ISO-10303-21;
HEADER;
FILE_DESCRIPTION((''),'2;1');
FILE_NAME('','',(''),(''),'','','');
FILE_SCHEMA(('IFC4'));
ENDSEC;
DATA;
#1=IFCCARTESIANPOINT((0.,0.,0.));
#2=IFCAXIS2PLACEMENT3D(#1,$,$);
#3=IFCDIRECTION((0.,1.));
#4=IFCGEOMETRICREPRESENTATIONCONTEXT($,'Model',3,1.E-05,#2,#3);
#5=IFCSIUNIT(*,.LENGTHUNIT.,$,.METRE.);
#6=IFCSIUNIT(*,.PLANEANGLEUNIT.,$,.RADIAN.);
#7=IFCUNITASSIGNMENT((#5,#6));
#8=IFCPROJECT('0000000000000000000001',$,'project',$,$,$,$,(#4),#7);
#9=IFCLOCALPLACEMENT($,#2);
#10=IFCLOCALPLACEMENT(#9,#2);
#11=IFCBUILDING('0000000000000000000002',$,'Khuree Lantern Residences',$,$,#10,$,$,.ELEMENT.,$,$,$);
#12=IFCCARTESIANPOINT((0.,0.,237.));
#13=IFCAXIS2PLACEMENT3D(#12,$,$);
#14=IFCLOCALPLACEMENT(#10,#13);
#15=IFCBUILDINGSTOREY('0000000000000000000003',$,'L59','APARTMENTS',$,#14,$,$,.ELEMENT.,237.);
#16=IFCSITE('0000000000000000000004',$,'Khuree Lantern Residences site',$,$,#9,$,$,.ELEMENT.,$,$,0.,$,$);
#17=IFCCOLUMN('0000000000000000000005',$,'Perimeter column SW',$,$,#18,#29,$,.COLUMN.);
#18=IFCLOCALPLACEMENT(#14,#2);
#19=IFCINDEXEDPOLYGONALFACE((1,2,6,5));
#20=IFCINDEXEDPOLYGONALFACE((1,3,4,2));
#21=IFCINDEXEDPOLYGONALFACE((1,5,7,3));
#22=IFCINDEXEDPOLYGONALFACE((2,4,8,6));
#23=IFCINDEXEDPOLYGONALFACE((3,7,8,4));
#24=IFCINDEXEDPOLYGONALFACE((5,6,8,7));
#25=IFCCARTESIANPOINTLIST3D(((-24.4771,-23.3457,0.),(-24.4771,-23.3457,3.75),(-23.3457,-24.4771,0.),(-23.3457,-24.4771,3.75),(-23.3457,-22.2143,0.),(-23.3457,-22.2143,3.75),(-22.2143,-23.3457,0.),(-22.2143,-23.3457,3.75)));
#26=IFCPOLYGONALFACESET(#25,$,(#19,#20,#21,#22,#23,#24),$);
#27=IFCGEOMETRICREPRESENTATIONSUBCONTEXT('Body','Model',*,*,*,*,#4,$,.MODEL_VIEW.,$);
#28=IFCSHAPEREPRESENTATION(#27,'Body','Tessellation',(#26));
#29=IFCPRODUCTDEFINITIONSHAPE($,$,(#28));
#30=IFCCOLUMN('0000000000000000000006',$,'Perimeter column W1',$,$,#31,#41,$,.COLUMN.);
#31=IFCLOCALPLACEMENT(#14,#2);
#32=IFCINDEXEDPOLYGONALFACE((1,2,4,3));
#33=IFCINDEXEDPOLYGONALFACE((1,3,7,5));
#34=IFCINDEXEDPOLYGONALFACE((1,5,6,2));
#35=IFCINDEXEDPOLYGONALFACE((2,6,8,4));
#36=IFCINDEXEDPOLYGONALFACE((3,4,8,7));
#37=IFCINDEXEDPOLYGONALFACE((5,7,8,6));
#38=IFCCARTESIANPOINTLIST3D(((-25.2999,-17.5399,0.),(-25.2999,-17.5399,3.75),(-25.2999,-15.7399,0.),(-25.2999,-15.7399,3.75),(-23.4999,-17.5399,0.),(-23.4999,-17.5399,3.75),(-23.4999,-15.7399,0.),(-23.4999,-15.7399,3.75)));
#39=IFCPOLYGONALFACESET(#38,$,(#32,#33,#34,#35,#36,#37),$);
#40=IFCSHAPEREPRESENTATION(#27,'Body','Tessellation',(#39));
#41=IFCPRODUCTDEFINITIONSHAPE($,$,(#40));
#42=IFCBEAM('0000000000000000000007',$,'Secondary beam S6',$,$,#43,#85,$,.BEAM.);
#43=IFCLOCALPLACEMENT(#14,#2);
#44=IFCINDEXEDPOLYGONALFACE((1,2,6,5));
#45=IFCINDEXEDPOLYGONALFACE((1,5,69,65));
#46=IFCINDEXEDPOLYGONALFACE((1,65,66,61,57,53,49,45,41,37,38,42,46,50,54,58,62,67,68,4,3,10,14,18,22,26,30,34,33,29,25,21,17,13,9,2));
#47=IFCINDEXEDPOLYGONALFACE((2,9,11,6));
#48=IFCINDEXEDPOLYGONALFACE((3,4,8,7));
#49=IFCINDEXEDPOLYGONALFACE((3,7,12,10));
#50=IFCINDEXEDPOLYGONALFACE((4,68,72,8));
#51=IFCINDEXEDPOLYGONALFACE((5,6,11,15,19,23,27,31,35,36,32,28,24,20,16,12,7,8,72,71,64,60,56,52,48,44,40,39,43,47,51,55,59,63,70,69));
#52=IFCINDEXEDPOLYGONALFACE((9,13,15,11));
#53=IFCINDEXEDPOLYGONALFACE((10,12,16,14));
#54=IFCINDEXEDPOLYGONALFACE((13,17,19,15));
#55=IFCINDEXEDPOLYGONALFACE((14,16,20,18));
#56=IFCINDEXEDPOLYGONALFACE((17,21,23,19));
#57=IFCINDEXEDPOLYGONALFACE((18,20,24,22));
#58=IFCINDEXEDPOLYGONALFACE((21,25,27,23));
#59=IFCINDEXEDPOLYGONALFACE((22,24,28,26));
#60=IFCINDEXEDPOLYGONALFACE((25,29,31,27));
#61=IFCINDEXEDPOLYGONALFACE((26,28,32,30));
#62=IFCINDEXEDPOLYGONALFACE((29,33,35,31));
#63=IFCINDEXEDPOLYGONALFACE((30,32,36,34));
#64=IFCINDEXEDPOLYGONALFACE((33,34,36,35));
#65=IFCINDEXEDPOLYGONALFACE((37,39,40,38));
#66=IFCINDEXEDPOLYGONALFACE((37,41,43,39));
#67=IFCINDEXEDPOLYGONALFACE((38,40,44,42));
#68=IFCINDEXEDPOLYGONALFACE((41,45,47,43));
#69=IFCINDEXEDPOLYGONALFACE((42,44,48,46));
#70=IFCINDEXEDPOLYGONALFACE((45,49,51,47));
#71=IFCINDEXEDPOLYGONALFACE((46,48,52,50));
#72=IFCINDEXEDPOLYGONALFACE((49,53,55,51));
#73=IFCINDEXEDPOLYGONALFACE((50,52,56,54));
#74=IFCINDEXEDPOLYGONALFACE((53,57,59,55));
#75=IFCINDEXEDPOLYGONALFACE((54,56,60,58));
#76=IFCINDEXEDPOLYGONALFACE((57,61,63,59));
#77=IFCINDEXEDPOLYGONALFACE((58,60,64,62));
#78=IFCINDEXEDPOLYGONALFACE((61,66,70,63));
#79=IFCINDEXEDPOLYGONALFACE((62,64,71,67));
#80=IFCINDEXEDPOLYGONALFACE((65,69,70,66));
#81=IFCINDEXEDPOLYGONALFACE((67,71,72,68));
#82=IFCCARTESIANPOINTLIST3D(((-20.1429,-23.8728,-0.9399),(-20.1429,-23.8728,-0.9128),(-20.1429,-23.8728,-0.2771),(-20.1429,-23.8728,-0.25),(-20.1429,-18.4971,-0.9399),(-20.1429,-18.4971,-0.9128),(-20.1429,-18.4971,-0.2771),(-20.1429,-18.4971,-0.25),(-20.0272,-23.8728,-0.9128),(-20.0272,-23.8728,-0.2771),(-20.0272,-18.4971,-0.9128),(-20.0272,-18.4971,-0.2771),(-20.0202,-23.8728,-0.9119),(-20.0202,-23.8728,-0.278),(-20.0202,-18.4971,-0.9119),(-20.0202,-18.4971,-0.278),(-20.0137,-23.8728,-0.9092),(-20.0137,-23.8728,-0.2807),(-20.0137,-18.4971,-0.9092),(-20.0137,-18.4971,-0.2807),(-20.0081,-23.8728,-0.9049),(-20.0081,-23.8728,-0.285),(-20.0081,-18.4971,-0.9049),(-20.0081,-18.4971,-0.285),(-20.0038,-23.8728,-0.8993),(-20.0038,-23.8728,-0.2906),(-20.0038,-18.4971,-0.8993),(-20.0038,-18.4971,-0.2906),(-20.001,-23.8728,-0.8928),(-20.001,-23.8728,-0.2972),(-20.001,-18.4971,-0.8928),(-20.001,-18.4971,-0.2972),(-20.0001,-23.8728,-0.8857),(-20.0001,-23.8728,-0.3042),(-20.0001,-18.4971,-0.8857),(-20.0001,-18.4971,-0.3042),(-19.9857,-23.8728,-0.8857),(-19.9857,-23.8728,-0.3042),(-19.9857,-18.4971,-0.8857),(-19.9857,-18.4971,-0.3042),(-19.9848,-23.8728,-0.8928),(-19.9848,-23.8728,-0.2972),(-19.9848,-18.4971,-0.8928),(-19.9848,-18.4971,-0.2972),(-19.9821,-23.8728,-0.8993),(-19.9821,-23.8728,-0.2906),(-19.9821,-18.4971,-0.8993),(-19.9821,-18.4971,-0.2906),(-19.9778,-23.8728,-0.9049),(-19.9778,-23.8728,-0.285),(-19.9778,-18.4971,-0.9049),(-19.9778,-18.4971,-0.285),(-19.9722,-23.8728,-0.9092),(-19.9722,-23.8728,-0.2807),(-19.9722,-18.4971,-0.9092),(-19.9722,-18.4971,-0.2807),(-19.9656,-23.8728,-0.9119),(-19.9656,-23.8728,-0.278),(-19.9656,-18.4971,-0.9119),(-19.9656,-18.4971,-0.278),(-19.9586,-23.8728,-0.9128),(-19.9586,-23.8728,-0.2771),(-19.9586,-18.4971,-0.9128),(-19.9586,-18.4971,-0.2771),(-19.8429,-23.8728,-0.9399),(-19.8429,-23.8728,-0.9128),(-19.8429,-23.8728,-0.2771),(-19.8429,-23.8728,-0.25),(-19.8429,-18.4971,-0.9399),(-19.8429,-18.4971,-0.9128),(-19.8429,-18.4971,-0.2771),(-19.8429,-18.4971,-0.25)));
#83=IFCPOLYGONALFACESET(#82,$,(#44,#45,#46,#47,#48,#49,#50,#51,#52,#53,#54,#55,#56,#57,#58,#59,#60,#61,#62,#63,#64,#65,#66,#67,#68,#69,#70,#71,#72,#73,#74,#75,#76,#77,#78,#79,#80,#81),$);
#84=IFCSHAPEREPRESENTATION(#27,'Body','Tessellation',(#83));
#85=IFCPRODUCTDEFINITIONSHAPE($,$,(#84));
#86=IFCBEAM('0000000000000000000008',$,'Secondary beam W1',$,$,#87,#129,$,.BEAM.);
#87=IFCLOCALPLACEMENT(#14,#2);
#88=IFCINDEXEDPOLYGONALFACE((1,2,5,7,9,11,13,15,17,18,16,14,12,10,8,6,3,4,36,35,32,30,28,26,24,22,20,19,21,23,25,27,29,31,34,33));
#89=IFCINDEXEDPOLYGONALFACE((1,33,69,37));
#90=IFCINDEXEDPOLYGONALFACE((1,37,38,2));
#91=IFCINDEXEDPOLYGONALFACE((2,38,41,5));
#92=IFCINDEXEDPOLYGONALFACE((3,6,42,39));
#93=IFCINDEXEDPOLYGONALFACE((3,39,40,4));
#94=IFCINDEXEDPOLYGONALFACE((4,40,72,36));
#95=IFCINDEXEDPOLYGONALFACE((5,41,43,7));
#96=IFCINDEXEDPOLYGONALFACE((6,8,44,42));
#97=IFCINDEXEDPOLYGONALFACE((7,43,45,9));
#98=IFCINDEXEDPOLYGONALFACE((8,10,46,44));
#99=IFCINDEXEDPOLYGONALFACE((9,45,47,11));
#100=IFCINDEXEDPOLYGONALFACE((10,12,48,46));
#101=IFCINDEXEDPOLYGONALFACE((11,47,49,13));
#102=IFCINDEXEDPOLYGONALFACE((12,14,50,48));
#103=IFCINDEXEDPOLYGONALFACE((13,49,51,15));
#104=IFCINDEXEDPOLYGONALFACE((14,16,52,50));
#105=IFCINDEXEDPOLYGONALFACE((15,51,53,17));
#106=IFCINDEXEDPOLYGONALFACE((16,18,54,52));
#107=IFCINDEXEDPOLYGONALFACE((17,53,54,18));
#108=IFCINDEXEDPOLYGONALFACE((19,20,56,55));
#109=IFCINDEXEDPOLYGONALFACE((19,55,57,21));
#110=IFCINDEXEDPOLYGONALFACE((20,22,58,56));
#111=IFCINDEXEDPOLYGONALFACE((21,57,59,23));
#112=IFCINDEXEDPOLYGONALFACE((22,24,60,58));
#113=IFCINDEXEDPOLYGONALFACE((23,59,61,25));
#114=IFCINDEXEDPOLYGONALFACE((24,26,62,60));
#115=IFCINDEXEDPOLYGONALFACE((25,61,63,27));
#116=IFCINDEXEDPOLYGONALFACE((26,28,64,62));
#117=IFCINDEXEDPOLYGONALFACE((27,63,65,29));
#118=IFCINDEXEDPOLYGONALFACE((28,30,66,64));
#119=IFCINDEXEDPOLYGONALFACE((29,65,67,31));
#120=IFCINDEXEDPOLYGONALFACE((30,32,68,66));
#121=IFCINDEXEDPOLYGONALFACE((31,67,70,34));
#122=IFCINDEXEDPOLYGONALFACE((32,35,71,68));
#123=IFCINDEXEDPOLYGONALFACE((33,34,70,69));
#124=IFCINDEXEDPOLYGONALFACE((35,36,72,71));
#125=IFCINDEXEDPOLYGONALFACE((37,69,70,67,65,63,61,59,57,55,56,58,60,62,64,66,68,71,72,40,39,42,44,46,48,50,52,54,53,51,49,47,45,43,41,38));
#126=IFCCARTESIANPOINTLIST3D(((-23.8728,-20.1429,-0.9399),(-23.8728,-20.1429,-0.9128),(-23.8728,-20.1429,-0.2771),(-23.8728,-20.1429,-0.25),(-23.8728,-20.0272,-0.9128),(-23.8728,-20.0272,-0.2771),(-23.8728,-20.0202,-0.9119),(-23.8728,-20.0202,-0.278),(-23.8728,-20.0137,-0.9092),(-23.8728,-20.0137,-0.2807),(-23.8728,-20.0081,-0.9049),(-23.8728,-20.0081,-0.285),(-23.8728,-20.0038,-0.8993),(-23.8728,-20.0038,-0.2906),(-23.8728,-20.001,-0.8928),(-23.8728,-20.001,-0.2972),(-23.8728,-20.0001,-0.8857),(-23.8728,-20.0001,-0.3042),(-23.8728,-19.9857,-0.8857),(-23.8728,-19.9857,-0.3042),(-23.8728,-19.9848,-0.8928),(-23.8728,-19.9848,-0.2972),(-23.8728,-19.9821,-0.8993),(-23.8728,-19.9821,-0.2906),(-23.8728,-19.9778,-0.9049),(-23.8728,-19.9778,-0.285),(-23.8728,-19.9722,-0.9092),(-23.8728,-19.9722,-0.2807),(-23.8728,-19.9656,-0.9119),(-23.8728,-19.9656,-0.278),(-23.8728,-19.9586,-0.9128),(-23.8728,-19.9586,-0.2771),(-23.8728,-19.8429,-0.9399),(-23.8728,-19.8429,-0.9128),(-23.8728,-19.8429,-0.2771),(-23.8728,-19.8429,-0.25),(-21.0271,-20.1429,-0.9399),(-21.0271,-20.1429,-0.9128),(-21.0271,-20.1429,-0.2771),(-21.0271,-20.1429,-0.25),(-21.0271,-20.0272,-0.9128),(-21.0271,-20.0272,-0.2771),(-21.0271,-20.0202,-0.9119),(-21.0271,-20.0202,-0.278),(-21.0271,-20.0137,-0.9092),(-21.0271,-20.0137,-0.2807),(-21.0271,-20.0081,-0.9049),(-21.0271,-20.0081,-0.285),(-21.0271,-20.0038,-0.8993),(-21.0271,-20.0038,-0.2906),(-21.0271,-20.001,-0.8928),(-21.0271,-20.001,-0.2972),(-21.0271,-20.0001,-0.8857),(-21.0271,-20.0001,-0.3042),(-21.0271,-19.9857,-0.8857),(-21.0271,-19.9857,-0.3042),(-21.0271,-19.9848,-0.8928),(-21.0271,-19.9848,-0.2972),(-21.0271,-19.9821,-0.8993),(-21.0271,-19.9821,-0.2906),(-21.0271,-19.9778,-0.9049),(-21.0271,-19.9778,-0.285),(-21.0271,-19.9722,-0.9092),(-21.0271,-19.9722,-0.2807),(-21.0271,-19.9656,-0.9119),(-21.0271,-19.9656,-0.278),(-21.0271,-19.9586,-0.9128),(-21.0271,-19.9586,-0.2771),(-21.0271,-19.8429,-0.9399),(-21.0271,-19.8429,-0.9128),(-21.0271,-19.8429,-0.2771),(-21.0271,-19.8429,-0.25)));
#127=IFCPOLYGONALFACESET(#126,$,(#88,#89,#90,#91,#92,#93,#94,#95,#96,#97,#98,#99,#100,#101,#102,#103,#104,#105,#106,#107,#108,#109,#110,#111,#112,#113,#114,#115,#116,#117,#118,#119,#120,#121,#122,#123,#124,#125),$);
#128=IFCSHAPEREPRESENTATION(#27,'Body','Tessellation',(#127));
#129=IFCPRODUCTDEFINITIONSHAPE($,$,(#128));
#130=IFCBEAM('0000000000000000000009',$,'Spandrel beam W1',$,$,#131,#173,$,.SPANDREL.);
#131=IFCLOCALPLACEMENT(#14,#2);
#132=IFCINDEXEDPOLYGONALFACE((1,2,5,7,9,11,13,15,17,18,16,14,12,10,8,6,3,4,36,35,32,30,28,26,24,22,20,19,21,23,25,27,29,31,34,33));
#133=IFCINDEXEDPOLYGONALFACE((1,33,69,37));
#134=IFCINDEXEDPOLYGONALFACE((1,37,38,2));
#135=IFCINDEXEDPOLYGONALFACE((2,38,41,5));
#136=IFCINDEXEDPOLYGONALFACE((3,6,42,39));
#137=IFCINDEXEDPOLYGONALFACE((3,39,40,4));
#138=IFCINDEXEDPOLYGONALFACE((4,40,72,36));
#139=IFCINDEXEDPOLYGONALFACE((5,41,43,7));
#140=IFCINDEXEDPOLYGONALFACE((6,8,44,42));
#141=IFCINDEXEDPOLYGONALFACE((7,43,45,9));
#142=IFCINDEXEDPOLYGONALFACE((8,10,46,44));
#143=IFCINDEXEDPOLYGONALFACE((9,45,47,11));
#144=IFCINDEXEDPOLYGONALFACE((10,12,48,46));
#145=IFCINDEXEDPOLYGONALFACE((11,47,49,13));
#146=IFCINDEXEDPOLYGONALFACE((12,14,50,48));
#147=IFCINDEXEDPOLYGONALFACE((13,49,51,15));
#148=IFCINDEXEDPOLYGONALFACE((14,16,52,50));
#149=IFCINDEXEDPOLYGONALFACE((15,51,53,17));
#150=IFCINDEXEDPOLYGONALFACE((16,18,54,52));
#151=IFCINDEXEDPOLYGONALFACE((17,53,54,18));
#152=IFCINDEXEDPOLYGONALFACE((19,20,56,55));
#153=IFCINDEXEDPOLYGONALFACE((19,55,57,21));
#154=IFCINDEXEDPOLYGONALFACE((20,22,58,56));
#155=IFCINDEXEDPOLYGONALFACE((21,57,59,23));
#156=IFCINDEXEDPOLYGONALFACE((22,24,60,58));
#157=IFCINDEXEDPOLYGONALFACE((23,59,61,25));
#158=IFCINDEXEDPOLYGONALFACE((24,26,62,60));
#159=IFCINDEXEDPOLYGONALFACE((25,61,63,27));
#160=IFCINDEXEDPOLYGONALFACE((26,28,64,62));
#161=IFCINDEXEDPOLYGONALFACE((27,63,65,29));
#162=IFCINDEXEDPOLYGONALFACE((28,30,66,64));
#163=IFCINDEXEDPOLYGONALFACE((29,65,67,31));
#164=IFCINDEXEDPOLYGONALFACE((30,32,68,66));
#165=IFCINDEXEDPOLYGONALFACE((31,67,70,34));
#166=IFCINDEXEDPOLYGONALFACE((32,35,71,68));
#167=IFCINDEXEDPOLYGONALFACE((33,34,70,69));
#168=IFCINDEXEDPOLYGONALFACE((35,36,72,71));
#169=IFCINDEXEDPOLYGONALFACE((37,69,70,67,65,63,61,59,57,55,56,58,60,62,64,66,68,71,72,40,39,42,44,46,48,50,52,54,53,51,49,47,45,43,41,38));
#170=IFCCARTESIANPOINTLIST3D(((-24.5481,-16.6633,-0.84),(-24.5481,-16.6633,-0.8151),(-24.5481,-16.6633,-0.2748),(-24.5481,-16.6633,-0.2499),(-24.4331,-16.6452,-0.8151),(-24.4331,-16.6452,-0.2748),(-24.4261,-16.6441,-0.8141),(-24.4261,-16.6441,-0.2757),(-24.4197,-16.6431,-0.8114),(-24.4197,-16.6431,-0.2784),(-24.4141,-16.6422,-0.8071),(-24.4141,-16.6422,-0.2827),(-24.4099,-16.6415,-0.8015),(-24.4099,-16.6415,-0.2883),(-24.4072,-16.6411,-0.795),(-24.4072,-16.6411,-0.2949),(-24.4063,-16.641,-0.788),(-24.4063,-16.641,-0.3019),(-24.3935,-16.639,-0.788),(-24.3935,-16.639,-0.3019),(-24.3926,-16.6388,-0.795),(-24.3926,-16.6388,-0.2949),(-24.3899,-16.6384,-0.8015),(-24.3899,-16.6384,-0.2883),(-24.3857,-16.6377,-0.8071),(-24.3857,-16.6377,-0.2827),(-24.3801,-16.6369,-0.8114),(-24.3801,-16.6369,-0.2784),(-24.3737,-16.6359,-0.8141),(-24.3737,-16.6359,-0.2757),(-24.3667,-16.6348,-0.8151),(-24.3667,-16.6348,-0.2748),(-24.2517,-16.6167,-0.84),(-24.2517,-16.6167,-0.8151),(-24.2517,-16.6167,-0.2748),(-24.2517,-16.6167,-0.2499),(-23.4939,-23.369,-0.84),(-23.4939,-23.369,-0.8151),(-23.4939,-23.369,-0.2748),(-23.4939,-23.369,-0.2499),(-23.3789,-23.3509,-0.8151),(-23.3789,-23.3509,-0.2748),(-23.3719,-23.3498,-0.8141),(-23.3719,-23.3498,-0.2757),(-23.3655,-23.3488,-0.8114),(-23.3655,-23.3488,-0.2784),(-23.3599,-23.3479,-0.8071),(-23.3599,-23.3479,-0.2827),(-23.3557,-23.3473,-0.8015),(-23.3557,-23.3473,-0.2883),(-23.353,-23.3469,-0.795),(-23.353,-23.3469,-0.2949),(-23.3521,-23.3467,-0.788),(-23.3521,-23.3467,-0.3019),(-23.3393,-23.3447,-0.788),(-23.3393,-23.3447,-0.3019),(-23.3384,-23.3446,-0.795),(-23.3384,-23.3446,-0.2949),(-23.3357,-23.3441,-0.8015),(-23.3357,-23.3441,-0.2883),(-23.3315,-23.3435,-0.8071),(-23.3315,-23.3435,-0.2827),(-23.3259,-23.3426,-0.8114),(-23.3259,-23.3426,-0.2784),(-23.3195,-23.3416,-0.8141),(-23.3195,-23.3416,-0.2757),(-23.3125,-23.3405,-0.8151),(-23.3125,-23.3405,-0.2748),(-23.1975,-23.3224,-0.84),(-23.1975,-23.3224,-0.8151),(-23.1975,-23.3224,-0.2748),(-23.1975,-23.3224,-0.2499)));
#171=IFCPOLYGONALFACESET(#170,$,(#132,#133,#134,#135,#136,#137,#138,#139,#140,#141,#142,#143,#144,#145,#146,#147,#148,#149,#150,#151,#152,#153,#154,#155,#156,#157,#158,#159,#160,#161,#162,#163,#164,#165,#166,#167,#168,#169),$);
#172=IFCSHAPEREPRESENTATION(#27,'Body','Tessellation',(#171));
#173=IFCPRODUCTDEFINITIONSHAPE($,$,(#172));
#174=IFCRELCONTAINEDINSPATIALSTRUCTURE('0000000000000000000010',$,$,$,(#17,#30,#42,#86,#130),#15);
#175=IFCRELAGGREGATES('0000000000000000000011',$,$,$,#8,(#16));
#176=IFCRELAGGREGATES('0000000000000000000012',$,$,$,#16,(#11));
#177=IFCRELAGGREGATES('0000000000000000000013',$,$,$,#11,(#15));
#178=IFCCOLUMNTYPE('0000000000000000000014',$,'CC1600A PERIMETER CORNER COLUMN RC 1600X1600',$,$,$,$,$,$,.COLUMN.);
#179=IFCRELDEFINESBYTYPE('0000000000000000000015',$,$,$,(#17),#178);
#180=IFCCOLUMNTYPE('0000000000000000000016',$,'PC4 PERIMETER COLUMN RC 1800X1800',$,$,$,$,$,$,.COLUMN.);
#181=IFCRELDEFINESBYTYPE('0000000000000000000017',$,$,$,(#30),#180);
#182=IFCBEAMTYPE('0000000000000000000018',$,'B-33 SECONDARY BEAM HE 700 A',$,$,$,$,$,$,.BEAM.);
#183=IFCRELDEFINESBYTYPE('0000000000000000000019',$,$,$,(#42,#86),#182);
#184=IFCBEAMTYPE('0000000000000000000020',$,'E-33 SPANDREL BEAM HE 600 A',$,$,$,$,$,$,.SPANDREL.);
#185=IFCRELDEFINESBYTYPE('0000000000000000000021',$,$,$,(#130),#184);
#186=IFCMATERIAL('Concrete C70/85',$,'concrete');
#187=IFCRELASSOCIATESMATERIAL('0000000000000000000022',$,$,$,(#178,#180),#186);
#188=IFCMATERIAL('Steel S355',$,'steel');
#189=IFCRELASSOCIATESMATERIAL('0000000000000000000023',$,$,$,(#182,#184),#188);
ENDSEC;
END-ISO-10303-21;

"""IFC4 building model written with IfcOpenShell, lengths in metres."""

from ifc_helpers import new_model, si_unit, direction, frame, origin, origin_2d, place, context, subcontext, project, spatial, rectangle, i_section, extrude, material, material_profile, profile_set, type_object, element, save


model = new_model("IFC4")

# Units and contexts
model_context = context("Model", 3, precision=1e-05, world=origin(), true_north=direction((0.0, 1.0)))
body_context = subcontext(model_context, "Body", "Model", "MODEL_VIEW")
ifc_project = project(units=[si_unit("LENGTHUNIT", "METRE"), si_unit("PLANEANGLEUNIT", "RADIAN")], contexts=[model_context])

# Site, building, storey
site_placement = place(None, origin())
site = spatial("IfcSite", under=ifc_project, at=site_placement, Name="Khuree Lantern Residences site", CompositionType="ELEMENT", RefElevation=0.0)
building_placement = place(site_placement, origin())
building = spatial("IfcBuilding", under=site, at=building_placement, Name="Khuree Lantern Residences", CompositionType="ELEMENT")
storey_placement = place(building_placement, frame((0.0, 0.0, 237.0)))
storey = spatial("IfcBuildingStorey", under=building, at=storey_placement, Name="L59", Description="APARTMENTS", CompositionType="ELEMENT", Elevation=237.0)

# Columns
ifc_material_1 = material(Name="Concrete C70/85", Category="concrete")
ifc_material_profile_1 = material_profile(ifc_material_1, rectangle(XDim=1.6001, YDim=1.6001, at=origin_2d()), Name="RC 1600X1600")
ifc_profile_set_1 = profile_set([ifc_material_profile_1], Name="Concrete C70/85")
column_type_1 = type_object("IfcColumnType", Name="CC1600A PERIMETER CORNER COLUMN RC 1600X1600", PredefinedType="COLUMN", material=ifc_profile_set_1)
column_1_placement = place(storey_placement, frame((-23.3457, -23.3457, 0.0), z_axis=(0.0, 0.0, 1.0), x_axis=(0.707107, -0.707107, 0.0)))
element("IfcColumn", 1, at=column_1_placement, inside=storey, type_object=column_type_1, Name="Perimeter column SW", PredefinedType="COLUMN", context=body_context, shape_type="SweptSolid", body=[
    extrude(rectangle(XDim=1.6001, YDim=1.6001, at=origin_2d()), origin(), (0.0, 0.0, 1.0), 3.75),
])
ifc_material_profile_2 = material_profile(ifc_material_1, rectangle(XDim=1.8, YDim=1.8, at=origin_2d()), Name="RC 1800X1800")
ifc_profile_set_2 = profile_set([ifc_material_profile_2], Name="Concrete C70/85")
column_type_2 = type_object("IfcColumnType", Name="PC4 PERIMETER COLUMN RC 1800X1800", PredefinedType="COLUMN", material=ifc_profile_set_2)
column_2_placement = place(storey_placement, frame((-24.3999, -16.6399, 0.0), z_axis=(0.0, 0.0, 1.0), x_axis=(0.0, 1.0, 0.0)))
element("IfcColumn", 2, at=column_2_placement, inside=storey, type_object=column_type_2, Name="Perimeter column W1", PredefinedType="COLUMN", context=body_context, shape_type="SweptSolid", body=[
    extrude(rectangle(XDim=1.8, YDim=1.8, at=origin_2d()), origin(), (0.0, 0.0, 1.0), 3.75),
])

# Beams
ifc_material_2 = material(Name="Steel S355", Category="steel")
ifc_material_profile_3 = material_profile(ifc_material_2, i_section(OverallWidth=0.3, OverallDepth=0.6899, WebThickness=0.0144, FlangeThickness=0.0271, FilletRadius=0.0271, at=origin_2d()), Name="HE 700 A")
ifc_profile_set_3 = profile_set([ifc_material_profile_3], Name="Steel S355")
beam_type_1 = type_object("IfcBeamType", Name="B-33 SECONDARY BEAM HE 700 A", PredefinedType="BEAM", material=ifc_profile_set_3)
beam_1_placement = place(storey_placement, frame((-19.9929, -23.8728, -0.595), z_axis=(0.0, 1.0, 0.0), x_axis=(-1.0, 0.0, 0.0)))
element("IfcBeam", 3, at=beam_1_placement, inside=storey, type_object=beam_type_1, Name="Secondary beam S6", PredefinedType="BEAM", context=body_context, shape_type="SweptSolid", body=[
    extrude(i_section(OverallWidth=0.3, OverallDepth=0.6899, WebThickness=0.0144, FlangeThickness=0.0271, FilletRadius=0.0271, at=origin_2d()), origin(), (0.0, 0.0, 1.0), 5.3757),
])
beam_2_placement = place(storey_placement, frame((-23.8728, -19.9929, -0.595), z_axis=(1.0, 0.0, 0.0), x_axis=(0.0, 1.0, 0.0)))
element("IfcBeam", 4, at=beam_2_placement, inside=storey, type_object=beam_type_1, Name="Secondary beam W1", PredefinedType="BEAM", context=body_context, shape_type="SweptSolid", body=[
    extrude(i_section(OverallWidth=0.3, OverallDepth=0.6899, WebThickness=0.0144, FlangeThickness=0.0271, FilletRadius=0.0271, at=origin_2d()), origin(), (0.0, 0.0, 1.0), 2.8457),
])
ifc_material_profile_4 = material_profile(ifc_material_2, i_section(OverallWidth=0.3, OverallDepth=0.5901, WebThickness=0.0129, FlangeThickness=0.0249, FilletRadius=0.0271, at=origin_2d()), Name="HE 600 A")
ifc_profile_set_4 = profile_set([ifc_material_profile_4], Name="Steel S355")
beam_type_2 = type_object("IfcBeamType", Name="E-33 SPANDREL BEAM HE 600 A", PredefinedType="SPANDREL", material=ifc_profile_set_4)
beam_3_placement = place(storey_placement, frame((-23.3457, -23.3457, -0.5449), z_axis=(-0.1553, 0.987867, 0.0), x_axis=(-0.987867, -0.1553, 0.0)))
element("IfcBeam", 5, at=beam_3_placement, inside=storey, type_object=beam_type_2, Name="Spandrel beam W1", PredefinedType="SPANDREL", context=body_context, shape_type="SweptSolid", body=[
    extrude(i_section(OverallWidth=0.3, OverallDepth=0.5901, WebThickness=0.0129, FlangeThickness=0.0249, FilletRadius=0.0271, at=origin_2d()), origin(), (0.0, 0.0, 1.0), 6.7881),
])

save(model, "model.ifc")
